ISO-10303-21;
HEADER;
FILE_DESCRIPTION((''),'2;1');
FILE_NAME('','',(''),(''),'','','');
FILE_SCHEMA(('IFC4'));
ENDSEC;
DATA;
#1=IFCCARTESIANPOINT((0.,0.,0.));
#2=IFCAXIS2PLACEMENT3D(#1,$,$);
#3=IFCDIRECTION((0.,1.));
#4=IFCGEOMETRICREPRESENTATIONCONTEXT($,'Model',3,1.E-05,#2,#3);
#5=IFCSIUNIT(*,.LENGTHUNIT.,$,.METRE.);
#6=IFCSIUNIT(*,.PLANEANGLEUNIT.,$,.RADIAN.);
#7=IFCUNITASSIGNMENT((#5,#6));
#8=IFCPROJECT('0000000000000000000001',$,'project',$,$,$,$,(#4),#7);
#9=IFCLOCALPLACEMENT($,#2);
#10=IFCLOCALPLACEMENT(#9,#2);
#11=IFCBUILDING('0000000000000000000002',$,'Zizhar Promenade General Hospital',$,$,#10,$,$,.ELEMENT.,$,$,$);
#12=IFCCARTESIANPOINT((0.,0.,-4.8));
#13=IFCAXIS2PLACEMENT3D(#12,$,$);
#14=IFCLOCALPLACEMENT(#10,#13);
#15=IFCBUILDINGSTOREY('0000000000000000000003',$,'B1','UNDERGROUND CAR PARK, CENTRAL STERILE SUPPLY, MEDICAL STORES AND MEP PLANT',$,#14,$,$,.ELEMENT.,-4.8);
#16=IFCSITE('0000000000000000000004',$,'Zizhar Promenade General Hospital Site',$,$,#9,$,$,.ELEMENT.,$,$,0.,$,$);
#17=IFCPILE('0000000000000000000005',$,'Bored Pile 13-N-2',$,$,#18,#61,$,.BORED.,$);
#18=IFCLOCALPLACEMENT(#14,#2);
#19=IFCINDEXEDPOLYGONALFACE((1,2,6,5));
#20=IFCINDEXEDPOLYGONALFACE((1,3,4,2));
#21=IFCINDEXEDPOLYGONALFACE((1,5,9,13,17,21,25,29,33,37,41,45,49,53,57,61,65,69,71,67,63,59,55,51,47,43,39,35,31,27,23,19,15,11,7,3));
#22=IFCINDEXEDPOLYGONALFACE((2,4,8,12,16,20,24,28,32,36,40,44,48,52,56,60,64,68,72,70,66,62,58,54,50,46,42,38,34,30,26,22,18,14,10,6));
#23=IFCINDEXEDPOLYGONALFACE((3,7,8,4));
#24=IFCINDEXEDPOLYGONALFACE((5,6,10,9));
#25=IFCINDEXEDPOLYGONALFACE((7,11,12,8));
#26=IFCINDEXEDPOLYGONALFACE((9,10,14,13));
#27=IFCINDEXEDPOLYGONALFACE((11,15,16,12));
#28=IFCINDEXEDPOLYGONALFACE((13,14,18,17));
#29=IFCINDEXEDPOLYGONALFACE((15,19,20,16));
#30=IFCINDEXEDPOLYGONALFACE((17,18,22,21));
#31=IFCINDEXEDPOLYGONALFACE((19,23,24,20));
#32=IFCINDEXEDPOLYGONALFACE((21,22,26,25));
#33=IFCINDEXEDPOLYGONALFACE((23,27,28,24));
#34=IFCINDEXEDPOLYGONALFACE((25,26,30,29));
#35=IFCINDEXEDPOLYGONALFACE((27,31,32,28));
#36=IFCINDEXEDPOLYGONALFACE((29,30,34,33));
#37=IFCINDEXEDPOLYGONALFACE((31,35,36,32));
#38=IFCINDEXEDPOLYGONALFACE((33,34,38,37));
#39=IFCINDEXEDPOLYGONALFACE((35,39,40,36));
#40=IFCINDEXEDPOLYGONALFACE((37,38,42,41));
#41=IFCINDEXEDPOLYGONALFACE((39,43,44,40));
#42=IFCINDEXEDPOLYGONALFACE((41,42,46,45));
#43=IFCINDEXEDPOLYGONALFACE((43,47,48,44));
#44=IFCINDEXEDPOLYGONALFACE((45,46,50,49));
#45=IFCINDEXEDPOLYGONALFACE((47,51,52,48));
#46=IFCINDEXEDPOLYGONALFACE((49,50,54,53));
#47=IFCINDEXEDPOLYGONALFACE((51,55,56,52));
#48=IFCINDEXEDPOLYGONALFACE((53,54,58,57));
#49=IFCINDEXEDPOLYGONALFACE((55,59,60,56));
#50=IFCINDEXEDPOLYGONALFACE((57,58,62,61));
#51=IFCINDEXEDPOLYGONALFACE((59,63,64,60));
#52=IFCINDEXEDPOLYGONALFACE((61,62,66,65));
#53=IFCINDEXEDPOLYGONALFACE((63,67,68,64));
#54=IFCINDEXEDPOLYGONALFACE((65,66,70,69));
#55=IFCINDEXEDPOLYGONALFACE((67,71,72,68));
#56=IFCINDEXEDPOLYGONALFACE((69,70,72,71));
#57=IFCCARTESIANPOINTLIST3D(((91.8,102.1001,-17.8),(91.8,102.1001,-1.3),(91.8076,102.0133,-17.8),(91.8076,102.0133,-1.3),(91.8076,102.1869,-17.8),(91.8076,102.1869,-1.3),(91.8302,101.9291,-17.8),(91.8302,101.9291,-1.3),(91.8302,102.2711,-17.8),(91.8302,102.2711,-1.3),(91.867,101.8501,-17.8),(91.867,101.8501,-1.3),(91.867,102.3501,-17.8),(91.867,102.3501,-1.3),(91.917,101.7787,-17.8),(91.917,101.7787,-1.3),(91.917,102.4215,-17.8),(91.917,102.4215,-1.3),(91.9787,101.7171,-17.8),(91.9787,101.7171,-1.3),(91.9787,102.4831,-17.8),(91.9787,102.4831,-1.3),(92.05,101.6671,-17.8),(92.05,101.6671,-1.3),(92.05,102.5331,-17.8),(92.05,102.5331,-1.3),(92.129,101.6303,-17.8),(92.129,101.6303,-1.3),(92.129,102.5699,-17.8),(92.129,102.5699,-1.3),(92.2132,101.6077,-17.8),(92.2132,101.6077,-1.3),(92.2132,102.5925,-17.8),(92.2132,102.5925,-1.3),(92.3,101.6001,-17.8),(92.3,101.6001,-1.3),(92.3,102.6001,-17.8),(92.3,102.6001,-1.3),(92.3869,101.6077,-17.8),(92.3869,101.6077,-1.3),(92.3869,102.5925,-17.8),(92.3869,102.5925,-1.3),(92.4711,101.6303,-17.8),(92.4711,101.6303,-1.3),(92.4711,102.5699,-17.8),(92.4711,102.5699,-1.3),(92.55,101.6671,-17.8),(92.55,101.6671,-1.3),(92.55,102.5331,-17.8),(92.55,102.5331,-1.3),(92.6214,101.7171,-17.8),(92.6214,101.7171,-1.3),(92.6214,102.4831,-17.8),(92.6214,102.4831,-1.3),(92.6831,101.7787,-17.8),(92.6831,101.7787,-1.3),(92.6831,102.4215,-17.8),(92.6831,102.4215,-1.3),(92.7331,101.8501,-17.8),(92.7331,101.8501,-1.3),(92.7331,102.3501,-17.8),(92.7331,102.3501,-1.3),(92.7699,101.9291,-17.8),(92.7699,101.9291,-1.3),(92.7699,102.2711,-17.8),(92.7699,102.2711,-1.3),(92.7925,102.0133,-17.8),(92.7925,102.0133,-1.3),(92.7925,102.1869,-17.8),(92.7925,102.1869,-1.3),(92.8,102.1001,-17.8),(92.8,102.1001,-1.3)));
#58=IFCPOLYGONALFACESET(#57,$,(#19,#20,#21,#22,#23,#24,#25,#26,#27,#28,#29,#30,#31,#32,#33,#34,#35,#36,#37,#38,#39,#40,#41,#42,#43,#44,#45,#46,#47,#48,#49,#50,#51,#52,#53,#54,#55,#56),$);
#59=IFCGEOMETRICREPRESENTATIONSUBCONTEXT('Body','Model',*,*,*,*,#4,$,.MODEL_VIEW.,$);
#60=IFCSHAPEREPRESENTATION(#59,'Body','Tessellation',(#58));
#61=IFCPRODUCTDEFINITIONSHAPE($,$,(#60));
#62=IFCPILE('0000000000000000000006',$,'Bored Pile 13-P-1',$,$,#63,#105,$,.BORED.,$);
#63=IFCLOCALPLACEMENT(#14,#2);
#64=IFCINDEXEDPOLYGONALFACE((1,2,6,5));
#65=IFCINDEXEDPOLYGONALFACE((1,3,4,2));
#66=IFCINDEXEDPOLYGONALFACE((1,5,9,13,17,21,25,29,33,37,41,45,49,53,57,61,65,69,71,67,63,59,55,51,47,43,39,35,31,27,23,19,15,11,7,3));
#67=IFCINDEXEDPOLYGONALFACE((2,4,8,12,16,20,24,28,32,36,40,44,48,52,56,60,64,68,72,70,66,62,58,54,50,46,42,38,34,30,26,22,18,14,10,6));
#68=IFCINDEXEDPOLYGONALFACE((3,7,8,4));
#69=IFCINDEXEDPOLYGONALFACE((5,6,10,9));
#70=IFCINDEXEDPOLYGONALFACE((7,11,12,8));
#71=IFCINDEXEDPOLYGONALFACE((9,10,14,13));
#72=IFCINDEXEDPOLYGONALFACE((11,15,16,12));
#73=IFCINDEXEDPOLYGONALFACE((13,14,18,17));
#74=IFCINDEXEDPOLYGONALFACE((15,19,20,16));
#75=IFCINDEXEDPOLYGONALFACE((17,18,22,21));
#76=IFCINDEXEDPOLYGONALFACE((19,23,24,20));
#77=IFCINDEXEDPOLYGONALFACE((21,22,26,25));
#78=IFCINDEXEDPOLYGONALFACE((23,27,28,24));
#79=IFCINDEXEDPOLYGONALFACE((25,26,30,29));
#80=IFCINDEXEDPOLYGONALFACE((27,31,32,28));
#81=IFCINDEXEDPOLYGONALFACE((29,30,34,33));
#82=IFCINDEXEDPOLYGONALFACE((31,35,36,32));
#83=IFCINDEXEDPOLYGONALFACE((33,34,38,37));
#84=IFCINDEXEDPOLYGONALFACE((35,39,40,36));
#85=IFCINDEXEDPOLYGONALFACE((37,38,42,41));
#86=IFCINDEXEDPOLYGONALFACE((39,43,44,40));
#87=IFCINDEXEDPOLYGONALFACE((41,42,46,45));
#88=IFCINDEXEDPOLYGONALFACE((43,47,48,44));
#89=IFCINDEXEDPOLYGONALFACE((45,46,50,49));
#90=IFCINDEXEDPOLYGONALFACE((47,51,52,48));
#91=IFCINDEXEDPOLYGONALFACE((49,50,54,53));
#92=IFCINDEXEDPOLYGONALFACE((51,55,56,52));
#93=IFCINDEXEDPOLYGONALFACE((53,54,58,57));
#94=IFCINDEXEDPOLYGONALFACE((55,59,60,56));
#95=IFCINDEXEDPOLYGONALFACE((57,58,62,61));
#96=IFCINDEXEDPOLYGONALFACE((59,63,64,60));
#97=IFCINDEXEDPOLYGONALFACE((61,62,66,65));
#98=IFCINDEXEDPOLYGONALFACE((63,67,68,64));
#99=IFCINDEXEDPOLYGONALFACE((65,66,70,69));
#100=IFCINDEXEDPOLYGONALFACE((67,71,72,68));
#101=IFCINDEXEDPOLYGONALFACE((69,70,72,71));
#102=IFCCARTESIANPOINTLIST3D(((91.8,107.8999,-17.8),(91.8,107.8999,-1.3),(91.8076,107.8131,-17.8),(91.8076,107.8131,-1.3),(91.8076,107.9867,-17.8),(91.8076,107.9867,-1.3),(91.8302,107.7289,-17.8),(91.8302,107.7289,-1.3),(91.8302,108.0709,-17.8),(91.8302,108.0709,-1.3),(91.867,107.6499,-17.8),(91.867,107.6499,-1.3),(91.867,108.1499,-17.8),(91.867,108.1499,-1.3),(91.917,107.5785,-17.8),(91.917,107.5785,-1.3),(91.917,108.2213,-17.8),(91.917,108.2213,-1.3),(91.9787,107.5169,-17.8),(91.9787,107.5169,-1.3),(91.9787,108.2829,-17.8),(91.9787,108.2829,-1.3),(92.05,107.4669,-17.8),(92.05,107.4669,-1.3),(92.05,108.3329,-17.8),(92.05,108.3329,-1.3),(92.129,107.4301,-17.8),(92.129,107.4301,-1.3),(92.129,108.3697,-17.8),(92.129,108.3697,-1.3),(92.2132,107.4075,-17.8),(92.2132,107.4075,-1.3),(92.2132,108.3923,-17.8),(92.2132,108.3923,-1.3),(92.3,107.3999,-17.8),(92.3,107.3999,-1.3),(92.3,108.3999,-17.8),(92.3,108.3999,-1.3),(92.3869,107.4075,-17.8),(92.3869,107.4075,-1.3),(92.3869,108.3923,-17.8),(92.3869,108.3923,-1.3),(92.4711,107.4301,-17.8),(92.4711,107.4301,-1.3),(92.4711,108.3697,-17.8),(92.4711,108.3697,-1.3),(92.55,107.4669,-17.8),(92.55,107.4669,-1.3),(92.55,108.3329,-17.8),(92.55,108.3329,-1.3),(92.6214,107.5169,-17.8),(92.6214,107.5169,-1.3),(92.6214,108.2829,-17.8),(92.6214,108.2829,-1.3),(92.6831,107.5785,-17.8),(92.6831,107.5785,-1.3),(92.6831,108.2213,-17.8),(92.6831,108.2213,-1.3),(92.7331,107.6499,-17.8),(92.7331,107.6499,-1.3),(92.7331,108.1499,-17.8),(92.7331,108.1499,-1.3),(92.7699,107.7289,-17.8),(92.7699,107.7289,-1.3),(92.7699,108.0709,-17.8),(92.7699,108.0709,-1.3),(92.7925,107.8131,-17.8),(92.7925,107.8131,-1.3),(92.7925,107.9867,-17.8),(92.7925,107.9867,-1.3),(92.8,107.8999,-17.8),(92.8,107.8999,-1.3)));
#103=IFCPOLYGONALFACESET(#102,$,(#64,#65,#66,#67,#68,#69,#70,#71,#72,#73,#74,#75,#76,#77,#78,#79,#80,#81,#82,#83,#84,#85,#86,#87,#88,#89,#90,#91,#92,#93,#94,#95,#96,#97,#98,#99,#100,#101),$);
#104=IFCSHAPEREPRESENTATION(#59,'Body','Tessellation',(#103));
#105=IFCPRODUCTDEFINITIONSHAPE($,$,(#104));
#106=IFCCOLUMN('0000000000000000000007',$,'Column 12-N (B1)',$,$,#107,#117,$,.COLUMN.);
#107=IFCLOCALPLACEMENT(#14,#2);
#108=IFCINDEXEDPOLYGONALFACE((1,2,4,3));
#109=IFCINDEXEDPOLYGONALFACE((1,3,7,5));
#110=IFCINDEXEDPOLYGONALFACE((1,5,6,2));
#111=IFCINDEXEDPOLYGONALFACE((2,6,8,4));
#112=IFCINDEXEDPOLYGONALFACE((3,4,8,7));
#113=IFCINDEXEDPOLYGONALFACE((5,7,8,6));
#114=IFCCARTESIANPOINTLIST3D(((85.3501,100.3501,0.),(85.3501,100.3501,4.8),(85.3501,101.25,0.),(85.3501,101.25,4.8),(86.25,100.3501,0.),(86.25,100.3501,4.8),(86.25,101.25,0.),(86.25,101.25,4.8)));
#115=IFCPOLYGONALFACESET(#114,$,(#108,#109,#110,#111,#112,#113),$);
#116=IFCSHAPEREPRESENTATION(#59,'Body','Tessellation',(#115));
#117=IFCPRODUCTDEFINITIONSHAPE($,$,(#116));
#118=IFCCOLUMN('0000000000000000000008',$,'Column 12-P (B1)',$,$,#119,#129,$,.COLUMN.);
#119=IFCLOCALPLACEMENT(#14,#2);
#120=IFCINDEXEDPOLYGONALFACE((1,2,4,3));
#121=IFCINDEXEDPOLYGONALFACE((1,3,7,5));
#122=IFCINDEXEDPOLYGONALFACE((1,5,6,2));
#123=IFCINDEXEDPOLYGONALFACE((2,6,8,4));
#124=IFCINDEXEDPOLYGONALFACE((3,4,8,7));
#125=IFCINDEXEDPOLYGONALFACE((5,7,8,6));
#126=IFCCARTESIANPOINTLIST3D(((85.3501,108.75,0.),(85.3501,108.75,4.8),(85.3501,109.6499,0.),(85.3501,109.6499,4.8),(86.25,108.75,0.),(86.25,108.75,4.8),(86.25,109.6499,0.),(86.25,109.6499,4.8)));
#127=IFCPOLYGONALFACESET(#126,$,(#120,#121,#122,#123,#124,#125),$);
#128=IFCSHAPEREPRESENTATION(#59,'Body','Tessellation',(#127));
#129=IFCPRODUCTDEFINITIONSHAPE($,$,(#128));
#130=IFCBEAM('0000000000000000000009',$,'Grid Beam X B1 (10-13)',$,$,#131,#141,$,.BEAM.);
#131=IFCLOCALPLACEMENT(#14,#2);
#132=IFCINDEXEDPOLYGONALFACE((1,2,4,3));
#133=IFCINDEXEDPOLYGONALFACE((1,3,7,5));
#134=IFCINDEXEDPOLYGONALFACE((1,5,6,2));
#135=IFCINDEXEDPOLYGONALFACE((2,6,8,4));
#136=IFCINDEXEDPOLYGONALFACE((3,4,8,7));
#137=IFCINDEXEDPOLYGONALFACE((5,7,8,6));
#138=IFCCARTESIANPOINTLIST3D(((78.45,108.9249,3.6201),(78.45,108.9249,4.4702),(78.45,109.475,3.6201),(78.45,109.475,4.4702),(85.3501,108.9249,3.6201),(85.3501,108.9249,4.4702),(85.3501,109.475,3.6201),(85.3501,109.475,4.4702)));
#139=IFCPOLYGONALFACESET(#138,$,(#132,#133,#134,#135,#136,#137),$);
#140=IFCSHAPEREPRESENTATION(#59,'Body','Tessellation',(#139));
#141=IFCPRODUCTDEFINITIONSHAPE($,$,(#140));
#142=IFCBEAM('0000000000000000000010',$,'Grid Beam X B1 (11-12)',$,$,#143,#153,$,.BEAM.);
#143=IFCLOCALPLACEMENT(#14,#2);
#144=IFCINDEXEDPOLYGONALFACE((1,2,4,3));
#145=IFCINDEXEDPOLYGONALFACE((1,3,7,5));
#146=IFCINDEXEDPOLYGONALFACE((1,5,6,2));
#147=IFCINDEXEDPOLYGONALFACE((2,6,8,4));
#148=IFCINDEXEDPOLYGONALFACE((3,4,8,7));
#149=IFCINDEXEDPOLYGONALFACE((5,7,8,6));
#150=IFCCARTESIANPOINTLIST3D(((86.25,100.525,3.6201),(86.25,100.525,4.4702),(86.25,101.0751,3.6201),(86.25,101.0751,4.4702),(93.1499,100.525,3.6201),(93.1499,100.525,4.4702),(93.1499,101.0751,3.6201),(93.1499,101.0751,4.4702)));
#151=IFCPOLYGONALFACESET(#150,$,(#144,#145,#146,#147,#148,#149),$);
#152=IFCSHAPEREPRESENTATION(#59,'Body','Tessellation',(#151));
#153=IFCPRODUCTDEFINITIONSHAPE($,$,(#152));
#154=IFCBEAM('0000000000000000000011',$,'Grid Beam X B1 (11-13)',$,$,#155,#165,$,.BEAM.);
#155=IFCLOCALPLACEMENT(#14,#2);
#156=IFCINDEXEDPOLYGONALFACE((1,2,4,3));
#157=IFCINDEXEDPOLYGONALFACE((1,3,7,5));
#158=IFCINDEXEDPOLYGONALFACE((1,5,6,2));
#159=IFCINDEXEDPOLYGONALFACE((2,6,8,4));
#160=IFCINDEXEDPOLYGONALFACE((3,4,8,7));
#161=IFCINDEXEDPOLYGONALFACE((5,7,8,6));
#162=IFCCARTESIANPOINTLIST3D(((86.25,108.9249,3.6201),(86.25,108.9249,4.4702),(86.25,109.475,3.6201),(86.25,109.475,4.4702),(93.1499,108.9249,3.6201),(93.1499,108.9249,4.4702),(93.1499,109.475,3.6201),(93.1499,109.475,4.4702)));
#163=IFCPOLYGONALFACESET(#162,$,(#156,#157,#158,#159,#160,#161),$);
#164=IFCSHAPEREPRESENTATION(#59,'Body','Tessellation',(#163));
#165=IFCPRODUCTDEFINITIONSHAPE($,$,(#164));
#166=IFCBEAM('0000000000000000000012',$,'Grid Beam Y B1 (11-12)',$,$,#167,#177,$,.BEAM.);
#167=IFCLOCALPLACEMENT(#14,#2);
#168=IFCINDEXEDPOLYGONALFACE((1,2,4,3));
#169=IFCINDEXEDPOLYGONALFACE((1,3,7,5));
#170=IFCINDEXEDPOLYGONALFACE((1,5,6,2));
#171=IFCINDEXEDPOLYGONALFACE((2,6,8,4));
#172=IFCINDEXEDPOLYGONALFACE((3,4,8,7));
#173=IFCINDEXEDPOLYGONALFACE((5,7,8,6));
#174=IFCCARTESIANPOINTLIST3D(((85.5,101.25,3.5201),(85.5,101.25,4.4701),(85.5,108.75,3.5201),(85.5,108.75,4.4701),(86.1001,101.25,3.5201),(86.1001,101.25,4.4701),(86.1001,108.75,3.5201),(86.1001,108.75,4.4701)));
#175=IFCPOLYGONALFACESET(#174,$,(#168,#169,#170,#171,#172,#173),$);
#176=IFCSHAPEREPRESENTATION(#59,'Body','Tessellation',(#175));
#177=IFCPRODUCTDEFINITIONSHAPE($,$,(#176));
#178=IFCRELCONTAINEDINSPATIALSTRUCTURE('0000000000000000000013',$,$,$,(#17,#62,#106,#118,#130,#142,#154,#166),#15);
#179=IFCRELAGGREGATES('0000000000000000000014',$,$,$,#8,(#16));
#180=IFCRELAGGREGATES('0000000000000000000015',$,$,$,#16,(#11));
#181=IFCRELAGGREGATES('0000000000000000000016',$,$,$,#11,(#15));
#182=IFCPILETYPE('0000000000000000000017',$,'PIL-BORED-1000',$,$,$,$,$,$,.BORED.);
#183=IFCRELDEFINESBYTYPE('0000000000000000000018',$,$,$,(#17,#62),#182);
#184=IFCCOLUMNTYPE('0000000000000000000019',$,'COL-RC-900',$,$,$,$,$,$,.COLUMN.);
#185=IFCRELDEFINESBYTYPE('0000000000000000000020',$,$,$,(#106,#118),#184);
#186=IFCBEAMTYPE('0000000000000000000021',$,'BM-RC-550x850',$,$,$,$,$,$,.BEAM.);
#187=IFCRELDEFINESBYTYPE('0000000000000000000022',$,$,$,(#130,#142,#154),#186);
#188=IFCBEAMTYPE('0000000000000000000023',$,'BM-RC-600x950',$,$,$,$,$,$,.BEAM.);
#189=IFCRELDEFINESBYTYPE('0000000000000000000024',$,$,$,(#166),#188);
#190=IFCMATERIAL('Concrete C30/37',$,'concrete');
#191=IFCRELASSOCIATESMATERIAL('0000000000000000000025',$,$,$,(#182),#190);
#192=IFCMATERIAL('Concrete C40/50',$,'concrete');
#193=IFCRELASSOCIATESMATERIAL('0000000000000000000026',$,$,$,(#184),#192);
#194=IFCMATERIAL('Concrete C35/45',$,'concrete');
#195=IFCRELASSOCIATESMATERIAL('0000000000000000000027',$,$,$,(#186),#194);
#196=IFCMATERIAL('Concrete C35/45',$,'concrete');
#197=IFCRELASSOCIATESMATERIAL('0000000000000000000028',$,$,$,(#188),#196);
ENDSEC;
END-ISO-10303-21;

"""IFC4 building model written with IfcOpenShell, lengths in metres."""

from ifc_helpers import new_model, si_unit, direction, frame, origin, origin_2d, place, context, subcontext, project, spatial, rectangle, circle, extrude, material, material_profile, profile_set, type_object, element, save


model = new_model("IFC4")

# Units and contexts
model_context = context("Model", 3, precision=1e-05, world=origin(), true_north=direction((0.0, 1.0)))
body_context = subcontext(model_context, "Body", "Model", "MODEL_VIEW")
ifc_project = project(units=[si_unit("LENGTHUNIT", "METRE"), si_unit("PLANEANGLEUNIT", "RADIAN")], contexts=[model_context])

# Site, building, storey
site_placement = place(None, origin())
site = spatial("IfcSite", under=ifc_project, at=site_placement, Name="Zizhar Promenade General Hospital Site", CompositionType="ELEMENT", RefElevation=0.0)
building_placement = place(site_placement, origin())
building = spatial("IfcBuilding", under=site, at=building_placement, Name="Zizhar Promenade General Hospital", CompositionType="ELEMENT")
storey_placement = place(building_placement, frame((0.0, 0.0, -4.8)))
storey = spatial("IfcBuildingStorey", under=building, at=storey_placement, Name="B1", Description="UNDERGROUND CAR PARK, CENTRAL STERILE SUPPLY, MEDICAL STORES AND MEP PLANT", CompositionType="ELEMENT", Elevation=-4.8)

# Piles
ifc_material_1 = material(Name="Concrete C30/37", Category="concrete")
ifc_material_profile_1 = material_profile(ifc_material_1, circle(Radius=0.5, at=origin_2d()))
ifc_profile_set_1 = profile_set([ifc_material_profile_1], Name="Concrete C30/37")
pile_type = type_object("IfcPileType", Name="PIL-BORED-1000", PredefinedType="BORED", material=ifc_profile_set_1)
for number, where, z_axis, x_axis, name in (
    (1, (92.3, 102.1001, -1.3), (0.0, 0.0, -1.0), (1.0, 0.0, 0.0), "Bored Pile 13-N-2"),
    (2, (92.3, 107.8999, -1.3), (0.0, 0.0, -1.0), (1.0, 0.0, 0.0), "Bored Pile 13-P-1"),
):
    element("IfcPile", number, at=place(storey_placement, frame(where, z_axis=z_axis, x_axis=x_axis)), inside=storey, type_object=pile_type, Name=name, PredefinedType="BORED", context=body_context, shape_type="SweptSolid", body=[
        extrude(circle(Radius=0.5, at=origin_2d()), origin(), (0.0, 0.0, 1.0), 16.5),
    ])

# Columns
ifc_material_2 = material(Name="Concrete C40/50", Category="concrete")
ifc_material_profile_2 = material_profile(ifc_material_2, rectangle(XDim=0.8999, YDim=0.8999, at=origin_2d()))
ifc_profile_set_2 = profile_set([ifc_material_profile_2], Name="Concrete C40/50")
column_type = type_object("IfcColumnType", Name="COL-RC-900", PredefinedType="COLUMN", material=ifc_profile_set_2)
for number, where, z_axis, x_axis, name in (
    (3, (85.8, 100.8, 0.0), (0.0, 0.0, 1.0), (1.0, 0.0, 0.0), "Column 12-N (B1)"),
    (4, (85.8, 109.2, 0.0), (0.0, 0.0, 1.0), (1.0, 0.0, 0.0), "Column 12-P (B1)"),
):
    element("IfcColumn", number, at=place(storey_placement, frame(where, z_axis=z_axis, x_axis=x_axis)), inside=storey, type_object=column_type, Name=name, PredefinedType="COLUMN", context=body_context, shape_type="SweptSolid", body=[
        extrude(rectangle(XDim=0.8999, YDim=0.8999, at=origin_2d()), origin(), (0.0, 0.0, 1.0), 4.8),
    ])

# Beams
ifc_material_3 = material(Name="Concrete C35/45", Category="concrete")
ifc_material_profile_3 = material_profile(ifc_material_3, rectangle(XDim=0.55, YDim=0.8501, at=origin_2d()))
ifc_profile_set_3 = profile_set([ifc_material_profile_3], Name="Concrete C35/45")
beam_type_1 = type_object("IfcBeamType", Name="BM-RC-550x850", PredefinedType="BEAM", material=ifc_profile_set_3)
beam_1_placement = place(storey_placement, frame((78.45, 109.2, 4.0452), z_axis=(1.0, 0.0, 0.0), x_axis=(0.0, 1.0, 0.0)))
element("IfcBeam", 5, at=beam_1_placement, inside=storey, type_object=beam_type_1, Name="Grid Beam X B1 (10-13)", PredefinedType="BEAM", context=body_context, shape_type="SweptSolid", body=[
    extrude(rectangle(XDim=0.55, YDim=0.8501, at=origin_2d()), origin(), (0.0, 0.0, 1.0), 6.9001),
])
for number, where, z_axis, x_axis, name in (
    (6, (86.25, 100.8, 4.0452), (1.0, 0.0, 0.0), (0.0, 1.0, 0.0), "Grid Beam X B1 (11-12)"),
    (7, (86.25, 109.2, 4.0452), (1.0, 0.0, 0.0), (0.0, 1.0, 0.0), "Grid Beam X B1 (11-13)"),
):
    element("IfcBeam", number, at=place(storey_placement, frame(where, z_axis=z_axis, x_axis=x_axis)), inside=storey, type_object=beam_type_1, Name=name, PredefinedType="BEAM", context=body_context, shape_type="SweptSolid", body=[
        extrude(rectangle(XDim=0.55, YDim=0.8501, at=origin_2d()), origin(), (0.0, 0.0, 1.0), 6.8999),
    ])
ifc_material_4 = material(Name="Concrete C35/45", Category="concrete")
ifc_material_profile_4 = material_profile(ifc_material_4, rectangle(XDim=0.6001, YDim=0.95, at=origin_2d()))
ifc_profile_set_4 = profile_set([ifc_material_profile_4], Name="Concrete C35/45")
beam_type_2 = type_object("IfcBeamType", Name="BM-RC-600x950", PredefinedType="BEAM", material=ifc_profile_set_4)
beam_2_placement = place(storey_placement, frame((85.8, 101.25, 3.9951), z_axis=(0.0, 1.0, 0.0), x_axis=(-1.0, 0.0, 0.0)))
element("IfcBeam", 8, at=beam_2_placement, inside=storey, type_object=beam_type_2, Name="Grid Beam Y B1 (11-12)", PredefinedType="BEAM", context=body_context, shape_type="SweptSolid", body=[
    extrude(rectangle(XDim=0.6001, YDim=0.95, at=origin_2d()), origin(), (0.0, 0.0, 1.0), 7.5),
])

save(model, "model.ifc")
